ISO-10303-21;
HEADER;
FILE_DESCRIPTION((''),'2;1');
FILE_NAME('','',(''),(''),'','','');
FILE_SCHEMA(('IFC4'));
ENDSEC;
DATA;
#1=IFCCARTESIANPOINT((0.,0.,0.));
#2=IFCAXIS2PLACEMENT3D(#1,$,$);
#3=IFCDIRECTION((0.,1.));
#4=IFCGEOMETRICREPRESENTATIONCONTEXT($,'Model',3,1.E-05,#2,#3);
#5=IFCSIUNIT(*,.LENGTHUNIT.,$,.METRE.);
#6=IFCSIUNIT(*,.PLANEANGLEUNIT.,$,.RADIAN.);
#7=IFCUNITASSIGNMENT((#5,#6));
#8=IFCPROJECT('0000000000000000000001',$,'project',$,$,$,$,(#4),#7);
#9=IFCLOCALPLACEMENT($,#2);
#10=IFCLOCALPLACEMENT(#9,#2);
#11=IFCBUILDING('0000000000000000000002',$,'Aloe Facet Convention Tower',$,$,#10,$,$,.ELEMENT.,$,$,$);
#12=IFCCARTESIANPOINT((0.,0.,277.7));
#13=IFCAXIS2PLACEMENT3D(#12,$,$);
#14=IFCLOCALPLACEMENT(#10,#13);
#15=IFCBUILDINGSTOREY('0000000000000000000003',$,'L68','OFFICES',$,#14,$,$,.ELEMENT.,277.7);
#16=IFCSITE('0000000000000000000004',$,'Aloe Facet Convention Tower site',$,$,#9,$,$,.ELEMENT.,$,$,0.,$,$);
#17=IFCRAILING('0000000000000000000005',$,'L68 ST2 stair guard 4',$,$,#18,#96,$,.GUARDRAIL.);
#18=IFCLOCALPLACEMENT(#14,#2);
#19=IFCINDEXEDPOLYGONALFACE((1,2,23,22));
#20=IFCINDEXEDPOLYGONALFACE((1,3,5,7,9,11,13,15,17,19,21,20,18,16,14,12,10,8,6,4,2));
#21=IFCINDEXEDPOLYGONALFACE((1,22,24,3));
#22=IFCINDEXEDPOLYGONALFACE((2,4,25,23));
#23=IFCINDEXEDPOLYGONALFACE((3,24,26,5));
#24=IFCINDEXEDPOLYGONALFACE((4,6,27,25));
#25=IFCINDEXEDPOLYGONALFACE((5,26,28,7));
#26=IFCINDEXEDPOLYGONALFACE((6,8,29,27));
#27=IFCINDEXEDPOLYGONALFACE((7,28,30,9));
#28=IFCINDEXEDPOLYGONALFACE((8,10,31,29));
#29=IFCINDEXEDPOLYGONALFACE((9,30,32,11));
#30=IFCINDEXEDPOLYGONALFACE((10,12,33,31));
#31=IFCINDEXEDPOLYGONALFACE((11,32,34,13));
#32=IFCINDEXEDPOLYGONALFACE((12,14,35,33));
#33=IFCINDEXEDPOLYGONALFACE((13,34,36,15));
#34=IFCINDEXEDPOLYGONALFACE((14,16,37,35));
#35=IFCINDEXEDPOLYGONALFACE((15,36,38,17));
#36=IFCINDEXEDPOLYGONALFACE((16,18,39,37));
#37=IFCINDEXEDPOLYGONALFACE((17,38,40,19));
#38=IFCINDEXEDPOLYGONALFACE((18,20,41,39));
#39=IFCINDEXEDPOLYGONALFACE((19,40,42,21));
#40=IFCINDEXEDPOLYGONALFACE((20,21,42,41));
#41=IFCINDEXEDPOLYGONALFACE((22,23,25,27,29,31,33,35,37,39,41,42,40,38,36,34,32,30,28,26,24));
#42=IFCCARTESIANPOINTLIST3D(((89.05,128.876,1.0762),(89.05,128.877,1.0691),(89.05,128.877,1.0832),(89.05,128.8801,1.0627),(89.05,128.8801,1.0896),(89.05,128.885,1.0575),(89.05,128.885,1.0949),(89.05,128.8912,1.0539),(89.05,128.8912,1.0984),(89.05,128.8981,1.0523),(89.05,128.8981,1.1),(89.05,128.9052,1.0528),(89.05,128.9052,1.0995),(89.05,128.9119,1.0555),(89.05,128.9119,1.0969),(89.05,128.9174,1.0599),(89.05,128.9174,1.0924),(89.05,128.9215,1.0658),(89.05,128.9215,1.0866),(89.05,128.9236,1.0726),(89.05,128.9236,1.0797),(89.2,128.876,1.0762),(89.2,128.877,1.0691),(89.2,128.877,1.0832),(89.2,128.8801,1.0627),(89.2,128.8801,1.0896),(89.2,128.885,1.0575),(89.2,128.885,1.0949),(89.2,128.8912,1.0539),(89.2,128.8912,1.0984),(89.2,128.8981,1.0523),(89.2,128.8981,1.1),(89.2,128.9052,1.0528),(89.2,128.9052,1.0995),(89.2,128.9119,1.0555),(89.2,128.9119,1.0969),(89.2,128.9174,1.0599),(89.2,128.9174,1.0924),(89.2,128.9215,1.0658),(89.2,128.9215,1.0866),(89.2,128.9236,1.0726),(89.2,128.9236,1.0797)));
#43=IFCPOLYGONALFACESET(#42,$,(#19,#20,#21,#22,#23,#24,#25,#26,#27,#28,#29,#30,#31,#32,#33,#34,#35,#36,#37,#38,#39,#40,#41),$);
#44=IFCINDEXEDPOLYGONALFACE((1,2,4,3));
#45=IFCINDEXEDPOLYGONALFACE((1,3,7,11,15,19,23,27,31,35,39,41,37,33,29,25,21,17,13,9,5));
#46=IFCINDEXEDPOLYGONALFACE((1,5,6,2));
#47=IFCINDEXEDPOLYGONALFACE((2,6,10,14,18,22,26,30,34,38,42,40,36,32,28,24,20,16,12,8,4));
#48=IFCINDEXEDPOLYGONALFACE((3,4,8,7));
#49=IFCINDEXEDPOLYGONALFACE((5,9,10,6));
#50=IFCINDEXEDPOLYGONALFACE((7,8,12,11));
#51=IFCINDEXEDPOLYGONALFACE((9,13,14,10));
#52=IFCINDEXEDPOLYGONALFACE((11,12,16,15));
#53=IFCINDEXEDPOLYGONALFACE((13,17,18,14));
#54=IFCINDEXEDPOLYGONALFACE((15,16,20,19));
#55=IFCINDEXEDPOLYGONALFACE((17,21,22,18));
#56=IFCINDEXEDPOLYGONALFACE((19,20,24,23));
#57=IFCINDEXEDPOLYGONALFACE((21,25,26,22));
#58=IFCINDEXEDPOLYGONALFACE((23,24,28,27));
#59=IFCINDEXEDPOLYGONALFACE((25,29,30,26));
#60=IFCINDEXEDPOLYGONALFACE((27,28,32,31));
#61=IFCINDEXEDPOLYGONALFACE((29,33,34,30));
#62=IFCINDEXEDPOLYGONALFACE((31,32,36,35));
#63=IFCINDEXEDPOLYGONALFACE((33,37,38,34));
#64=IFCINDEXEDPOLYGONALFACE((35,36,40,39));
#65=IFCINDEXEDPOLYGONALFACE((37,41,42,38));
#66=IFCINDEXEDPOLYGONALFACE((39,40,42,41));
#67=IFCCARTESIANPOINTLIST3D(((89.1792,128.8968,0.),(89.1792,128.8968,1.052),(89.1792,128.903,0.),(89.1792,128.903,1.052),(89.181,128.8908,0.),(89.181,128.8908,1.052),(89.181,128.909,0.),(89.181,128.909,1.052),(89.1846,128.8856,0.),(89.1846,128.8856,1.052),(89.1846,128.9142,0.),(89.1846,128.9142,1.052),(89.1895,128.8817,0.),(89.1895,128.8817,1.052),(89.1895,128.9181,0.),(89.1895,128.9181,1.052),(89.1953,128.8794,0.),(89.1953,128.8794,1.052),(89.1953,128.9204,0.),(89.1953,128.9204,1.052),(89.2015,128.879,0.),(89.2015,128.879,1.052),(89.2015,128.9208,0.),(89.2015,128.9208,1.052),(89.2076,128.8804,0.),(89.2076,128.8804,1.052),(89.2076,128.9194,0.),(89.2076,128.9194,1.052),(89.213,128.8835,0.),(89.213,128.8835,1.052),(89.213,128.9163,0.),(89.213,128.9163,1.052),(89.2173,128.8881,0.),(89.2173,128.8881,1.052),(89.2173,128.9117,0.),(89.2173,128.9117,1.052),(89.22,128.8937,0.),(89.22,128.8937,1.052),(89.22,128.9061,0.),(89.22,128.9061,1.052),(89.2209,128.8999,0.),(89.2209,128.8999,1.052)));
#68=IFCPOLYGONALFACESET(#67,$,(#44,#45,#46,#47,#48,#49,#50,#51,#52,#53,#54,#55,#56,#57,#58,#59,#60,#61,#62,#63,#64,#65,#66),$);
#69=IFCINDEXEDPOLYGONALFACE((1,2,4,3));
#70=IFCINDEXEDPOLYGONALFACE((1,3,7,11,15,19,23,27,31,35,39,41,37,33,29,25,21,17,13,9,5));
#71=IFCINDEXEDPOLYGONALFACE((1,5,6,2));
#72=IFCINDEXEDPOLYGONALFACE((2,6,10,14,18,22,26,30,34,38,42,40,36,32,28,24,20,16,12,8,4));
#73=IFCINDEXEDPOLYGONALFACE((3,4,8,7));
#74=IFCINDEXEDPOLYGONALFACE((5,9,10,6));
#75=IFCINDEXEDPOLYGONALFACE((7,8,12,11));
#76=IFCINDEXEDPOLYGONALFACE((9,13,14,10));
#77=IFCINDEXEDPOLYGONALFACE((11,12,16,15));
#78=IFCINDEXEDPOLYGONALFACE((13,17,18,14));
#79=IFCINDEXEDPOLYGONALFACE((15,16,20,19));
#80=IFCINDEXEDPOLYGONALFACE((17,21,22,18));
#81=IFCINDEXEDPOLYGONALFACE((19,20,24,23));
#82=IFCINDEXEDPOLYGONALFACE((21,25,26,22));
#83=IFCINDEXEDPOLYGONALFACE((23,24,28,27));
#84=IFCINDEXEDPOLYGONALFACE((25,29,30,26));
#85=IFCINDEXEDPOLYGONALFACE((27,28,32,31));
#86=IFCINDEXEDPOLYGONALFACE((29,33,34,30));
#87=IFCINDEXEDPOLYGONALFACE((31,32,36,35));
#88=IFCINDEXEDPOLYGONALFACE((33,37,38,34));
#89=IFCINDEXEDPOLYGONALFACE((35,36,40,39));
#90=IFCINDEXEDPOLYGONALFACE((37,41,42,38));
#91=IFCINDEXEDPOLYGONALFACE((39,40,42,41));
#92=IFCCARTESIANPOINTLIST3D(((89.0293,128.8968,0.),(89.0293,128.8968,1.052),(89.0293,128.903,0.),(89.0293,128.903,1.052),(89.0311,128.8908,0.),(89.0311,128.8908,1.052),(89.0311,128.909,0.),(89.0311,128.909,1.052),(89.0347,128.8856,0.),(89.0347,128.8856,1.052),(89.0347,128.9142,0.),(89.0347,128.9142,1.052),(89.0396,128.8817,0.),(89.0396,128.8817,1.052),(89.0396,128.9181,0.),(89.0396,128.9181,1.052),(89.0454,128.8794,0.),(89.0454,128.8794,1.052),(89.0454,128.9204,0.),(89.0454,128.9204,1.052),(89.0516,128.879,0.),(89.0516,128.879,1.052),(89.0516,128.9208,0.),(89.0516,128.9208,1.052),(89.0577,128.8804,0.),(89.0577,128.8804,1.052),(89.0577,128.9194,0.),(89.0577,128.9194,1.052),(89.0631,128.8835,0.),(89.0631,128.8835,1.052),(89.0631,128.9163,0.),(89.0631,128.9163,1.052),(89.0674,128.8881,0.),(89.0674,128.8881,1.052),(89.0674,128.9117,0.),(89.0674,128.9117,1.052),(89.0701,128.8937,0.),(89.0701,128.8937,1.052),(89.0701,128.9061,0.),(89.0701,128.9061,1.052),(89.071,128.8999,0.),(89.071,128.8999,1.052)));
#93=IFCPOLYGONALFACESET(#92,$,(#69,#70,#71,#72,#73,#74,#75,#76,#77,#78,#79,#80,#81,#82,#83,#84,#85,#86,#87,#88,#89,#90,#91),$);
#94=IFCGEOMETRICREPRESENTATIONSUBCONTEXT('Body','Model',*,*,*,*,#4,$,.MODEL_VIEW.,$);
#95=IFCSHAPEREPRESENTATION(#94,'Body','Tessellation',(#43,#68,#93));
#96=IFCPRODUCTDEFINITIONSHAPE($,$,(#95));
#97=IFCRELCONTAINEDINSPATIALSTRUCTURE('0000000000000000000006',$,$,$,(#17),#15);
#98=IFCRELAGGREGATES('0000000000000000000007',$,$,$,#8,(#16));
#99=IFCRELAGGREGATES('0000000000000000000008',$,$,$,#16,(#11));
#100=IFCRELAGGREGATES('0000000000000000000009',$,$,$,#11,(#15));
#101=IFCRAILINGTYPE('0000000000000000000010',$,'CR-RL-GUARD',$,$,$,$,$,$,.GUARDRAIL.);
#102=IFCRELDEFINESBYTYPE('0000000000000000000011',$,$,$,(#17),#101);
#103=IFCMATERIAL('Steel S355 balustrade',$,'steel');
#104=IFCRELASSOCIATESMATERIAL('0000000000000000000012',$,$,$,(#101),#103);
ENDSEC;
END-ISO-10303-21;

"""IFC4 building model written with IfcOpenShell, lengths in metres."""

from ifc_helpers import new_model, si_unit, direction, frame, origin, origin_2d, place, context, subcontext, project, spatial, circle, extrude, material, type_object, element, save


model = new_model("IFC4")

# Units and contexts
model_context = context("Model", 3, precision=1e-05, world=origin(), true_north=direction((0.0, 1.0)))
body_context = subcontext(model_context, "Body", "Model", "MODEL_VIEW")
ifc_project = project(units=[si_unit("LENGTHUNIT", "METRE"), si_unit("PLANEANGLEUNIT", "RADIAN")], contexts=[model_context])

# Site, building, storey
site_placement = place(None, origin())
site = spatial("IfcSite", under=ifc_project, at=site_placement, Name="Aloe Facet Convention Tower site", CompositionType="ELEMENT", RefElevation=0.0)
building_placement = place(site_placement, origin())
building = spatial("IfcBuilding", under=site, at=building_placement, Name="Aloe Facet Convention Tower", CompositionType="ELEMENT")
storey_placement = place(building_placement, frame((0.0, 0.0, 277.7)))
storey = spatial("IfcBuildingStorey", under=building, at=storey_placement, Name="L68", Description="OFFICES", CompositionType="ELEMENT", Elevation=277.7)

# Railing
ifc_material_1 = material(Name="Steel S355 balustrade", Category="steel")
railing_type_1 = type_object("IfcRailingType", Name="CR-RL-GUARD", PredefinedType="GUARDRAIL", material=ifc_material_1)
railing_1_placement = place(storey_placement, frame((89.2, 128.8999, 0.0)))
element("IfcRailing", 1, at=railing_1_placement, inside=storey, type_object=railing_type_1, Name="L68 ST2 stair guard 4", PredefinedType="GUARDRAIL", context=body_context, shape_type="SweptSolid", body=[
    extrude(circle(Radius=0.0239, at=origin_2d()), frame((0.0, 0.0, 1.0762), z_axis=(-1.0, 0.0, 0.0), x_axis=(0.0, -1.0, 0.0)), (0.0, 0.0, 1.0), 0.1499),
    extrude(circle(Radius=0.021, at=origin_2d()), origin(), (0.0, 0.0, 1.0), 1.052),
    extrude(circle(Radius=0.021, at=origin_2d()), frame((-0.1499, 0.0, 0.0)), (0.0, 0.0, 1.0), 1.052),
])

save(model, "model.ifc")
